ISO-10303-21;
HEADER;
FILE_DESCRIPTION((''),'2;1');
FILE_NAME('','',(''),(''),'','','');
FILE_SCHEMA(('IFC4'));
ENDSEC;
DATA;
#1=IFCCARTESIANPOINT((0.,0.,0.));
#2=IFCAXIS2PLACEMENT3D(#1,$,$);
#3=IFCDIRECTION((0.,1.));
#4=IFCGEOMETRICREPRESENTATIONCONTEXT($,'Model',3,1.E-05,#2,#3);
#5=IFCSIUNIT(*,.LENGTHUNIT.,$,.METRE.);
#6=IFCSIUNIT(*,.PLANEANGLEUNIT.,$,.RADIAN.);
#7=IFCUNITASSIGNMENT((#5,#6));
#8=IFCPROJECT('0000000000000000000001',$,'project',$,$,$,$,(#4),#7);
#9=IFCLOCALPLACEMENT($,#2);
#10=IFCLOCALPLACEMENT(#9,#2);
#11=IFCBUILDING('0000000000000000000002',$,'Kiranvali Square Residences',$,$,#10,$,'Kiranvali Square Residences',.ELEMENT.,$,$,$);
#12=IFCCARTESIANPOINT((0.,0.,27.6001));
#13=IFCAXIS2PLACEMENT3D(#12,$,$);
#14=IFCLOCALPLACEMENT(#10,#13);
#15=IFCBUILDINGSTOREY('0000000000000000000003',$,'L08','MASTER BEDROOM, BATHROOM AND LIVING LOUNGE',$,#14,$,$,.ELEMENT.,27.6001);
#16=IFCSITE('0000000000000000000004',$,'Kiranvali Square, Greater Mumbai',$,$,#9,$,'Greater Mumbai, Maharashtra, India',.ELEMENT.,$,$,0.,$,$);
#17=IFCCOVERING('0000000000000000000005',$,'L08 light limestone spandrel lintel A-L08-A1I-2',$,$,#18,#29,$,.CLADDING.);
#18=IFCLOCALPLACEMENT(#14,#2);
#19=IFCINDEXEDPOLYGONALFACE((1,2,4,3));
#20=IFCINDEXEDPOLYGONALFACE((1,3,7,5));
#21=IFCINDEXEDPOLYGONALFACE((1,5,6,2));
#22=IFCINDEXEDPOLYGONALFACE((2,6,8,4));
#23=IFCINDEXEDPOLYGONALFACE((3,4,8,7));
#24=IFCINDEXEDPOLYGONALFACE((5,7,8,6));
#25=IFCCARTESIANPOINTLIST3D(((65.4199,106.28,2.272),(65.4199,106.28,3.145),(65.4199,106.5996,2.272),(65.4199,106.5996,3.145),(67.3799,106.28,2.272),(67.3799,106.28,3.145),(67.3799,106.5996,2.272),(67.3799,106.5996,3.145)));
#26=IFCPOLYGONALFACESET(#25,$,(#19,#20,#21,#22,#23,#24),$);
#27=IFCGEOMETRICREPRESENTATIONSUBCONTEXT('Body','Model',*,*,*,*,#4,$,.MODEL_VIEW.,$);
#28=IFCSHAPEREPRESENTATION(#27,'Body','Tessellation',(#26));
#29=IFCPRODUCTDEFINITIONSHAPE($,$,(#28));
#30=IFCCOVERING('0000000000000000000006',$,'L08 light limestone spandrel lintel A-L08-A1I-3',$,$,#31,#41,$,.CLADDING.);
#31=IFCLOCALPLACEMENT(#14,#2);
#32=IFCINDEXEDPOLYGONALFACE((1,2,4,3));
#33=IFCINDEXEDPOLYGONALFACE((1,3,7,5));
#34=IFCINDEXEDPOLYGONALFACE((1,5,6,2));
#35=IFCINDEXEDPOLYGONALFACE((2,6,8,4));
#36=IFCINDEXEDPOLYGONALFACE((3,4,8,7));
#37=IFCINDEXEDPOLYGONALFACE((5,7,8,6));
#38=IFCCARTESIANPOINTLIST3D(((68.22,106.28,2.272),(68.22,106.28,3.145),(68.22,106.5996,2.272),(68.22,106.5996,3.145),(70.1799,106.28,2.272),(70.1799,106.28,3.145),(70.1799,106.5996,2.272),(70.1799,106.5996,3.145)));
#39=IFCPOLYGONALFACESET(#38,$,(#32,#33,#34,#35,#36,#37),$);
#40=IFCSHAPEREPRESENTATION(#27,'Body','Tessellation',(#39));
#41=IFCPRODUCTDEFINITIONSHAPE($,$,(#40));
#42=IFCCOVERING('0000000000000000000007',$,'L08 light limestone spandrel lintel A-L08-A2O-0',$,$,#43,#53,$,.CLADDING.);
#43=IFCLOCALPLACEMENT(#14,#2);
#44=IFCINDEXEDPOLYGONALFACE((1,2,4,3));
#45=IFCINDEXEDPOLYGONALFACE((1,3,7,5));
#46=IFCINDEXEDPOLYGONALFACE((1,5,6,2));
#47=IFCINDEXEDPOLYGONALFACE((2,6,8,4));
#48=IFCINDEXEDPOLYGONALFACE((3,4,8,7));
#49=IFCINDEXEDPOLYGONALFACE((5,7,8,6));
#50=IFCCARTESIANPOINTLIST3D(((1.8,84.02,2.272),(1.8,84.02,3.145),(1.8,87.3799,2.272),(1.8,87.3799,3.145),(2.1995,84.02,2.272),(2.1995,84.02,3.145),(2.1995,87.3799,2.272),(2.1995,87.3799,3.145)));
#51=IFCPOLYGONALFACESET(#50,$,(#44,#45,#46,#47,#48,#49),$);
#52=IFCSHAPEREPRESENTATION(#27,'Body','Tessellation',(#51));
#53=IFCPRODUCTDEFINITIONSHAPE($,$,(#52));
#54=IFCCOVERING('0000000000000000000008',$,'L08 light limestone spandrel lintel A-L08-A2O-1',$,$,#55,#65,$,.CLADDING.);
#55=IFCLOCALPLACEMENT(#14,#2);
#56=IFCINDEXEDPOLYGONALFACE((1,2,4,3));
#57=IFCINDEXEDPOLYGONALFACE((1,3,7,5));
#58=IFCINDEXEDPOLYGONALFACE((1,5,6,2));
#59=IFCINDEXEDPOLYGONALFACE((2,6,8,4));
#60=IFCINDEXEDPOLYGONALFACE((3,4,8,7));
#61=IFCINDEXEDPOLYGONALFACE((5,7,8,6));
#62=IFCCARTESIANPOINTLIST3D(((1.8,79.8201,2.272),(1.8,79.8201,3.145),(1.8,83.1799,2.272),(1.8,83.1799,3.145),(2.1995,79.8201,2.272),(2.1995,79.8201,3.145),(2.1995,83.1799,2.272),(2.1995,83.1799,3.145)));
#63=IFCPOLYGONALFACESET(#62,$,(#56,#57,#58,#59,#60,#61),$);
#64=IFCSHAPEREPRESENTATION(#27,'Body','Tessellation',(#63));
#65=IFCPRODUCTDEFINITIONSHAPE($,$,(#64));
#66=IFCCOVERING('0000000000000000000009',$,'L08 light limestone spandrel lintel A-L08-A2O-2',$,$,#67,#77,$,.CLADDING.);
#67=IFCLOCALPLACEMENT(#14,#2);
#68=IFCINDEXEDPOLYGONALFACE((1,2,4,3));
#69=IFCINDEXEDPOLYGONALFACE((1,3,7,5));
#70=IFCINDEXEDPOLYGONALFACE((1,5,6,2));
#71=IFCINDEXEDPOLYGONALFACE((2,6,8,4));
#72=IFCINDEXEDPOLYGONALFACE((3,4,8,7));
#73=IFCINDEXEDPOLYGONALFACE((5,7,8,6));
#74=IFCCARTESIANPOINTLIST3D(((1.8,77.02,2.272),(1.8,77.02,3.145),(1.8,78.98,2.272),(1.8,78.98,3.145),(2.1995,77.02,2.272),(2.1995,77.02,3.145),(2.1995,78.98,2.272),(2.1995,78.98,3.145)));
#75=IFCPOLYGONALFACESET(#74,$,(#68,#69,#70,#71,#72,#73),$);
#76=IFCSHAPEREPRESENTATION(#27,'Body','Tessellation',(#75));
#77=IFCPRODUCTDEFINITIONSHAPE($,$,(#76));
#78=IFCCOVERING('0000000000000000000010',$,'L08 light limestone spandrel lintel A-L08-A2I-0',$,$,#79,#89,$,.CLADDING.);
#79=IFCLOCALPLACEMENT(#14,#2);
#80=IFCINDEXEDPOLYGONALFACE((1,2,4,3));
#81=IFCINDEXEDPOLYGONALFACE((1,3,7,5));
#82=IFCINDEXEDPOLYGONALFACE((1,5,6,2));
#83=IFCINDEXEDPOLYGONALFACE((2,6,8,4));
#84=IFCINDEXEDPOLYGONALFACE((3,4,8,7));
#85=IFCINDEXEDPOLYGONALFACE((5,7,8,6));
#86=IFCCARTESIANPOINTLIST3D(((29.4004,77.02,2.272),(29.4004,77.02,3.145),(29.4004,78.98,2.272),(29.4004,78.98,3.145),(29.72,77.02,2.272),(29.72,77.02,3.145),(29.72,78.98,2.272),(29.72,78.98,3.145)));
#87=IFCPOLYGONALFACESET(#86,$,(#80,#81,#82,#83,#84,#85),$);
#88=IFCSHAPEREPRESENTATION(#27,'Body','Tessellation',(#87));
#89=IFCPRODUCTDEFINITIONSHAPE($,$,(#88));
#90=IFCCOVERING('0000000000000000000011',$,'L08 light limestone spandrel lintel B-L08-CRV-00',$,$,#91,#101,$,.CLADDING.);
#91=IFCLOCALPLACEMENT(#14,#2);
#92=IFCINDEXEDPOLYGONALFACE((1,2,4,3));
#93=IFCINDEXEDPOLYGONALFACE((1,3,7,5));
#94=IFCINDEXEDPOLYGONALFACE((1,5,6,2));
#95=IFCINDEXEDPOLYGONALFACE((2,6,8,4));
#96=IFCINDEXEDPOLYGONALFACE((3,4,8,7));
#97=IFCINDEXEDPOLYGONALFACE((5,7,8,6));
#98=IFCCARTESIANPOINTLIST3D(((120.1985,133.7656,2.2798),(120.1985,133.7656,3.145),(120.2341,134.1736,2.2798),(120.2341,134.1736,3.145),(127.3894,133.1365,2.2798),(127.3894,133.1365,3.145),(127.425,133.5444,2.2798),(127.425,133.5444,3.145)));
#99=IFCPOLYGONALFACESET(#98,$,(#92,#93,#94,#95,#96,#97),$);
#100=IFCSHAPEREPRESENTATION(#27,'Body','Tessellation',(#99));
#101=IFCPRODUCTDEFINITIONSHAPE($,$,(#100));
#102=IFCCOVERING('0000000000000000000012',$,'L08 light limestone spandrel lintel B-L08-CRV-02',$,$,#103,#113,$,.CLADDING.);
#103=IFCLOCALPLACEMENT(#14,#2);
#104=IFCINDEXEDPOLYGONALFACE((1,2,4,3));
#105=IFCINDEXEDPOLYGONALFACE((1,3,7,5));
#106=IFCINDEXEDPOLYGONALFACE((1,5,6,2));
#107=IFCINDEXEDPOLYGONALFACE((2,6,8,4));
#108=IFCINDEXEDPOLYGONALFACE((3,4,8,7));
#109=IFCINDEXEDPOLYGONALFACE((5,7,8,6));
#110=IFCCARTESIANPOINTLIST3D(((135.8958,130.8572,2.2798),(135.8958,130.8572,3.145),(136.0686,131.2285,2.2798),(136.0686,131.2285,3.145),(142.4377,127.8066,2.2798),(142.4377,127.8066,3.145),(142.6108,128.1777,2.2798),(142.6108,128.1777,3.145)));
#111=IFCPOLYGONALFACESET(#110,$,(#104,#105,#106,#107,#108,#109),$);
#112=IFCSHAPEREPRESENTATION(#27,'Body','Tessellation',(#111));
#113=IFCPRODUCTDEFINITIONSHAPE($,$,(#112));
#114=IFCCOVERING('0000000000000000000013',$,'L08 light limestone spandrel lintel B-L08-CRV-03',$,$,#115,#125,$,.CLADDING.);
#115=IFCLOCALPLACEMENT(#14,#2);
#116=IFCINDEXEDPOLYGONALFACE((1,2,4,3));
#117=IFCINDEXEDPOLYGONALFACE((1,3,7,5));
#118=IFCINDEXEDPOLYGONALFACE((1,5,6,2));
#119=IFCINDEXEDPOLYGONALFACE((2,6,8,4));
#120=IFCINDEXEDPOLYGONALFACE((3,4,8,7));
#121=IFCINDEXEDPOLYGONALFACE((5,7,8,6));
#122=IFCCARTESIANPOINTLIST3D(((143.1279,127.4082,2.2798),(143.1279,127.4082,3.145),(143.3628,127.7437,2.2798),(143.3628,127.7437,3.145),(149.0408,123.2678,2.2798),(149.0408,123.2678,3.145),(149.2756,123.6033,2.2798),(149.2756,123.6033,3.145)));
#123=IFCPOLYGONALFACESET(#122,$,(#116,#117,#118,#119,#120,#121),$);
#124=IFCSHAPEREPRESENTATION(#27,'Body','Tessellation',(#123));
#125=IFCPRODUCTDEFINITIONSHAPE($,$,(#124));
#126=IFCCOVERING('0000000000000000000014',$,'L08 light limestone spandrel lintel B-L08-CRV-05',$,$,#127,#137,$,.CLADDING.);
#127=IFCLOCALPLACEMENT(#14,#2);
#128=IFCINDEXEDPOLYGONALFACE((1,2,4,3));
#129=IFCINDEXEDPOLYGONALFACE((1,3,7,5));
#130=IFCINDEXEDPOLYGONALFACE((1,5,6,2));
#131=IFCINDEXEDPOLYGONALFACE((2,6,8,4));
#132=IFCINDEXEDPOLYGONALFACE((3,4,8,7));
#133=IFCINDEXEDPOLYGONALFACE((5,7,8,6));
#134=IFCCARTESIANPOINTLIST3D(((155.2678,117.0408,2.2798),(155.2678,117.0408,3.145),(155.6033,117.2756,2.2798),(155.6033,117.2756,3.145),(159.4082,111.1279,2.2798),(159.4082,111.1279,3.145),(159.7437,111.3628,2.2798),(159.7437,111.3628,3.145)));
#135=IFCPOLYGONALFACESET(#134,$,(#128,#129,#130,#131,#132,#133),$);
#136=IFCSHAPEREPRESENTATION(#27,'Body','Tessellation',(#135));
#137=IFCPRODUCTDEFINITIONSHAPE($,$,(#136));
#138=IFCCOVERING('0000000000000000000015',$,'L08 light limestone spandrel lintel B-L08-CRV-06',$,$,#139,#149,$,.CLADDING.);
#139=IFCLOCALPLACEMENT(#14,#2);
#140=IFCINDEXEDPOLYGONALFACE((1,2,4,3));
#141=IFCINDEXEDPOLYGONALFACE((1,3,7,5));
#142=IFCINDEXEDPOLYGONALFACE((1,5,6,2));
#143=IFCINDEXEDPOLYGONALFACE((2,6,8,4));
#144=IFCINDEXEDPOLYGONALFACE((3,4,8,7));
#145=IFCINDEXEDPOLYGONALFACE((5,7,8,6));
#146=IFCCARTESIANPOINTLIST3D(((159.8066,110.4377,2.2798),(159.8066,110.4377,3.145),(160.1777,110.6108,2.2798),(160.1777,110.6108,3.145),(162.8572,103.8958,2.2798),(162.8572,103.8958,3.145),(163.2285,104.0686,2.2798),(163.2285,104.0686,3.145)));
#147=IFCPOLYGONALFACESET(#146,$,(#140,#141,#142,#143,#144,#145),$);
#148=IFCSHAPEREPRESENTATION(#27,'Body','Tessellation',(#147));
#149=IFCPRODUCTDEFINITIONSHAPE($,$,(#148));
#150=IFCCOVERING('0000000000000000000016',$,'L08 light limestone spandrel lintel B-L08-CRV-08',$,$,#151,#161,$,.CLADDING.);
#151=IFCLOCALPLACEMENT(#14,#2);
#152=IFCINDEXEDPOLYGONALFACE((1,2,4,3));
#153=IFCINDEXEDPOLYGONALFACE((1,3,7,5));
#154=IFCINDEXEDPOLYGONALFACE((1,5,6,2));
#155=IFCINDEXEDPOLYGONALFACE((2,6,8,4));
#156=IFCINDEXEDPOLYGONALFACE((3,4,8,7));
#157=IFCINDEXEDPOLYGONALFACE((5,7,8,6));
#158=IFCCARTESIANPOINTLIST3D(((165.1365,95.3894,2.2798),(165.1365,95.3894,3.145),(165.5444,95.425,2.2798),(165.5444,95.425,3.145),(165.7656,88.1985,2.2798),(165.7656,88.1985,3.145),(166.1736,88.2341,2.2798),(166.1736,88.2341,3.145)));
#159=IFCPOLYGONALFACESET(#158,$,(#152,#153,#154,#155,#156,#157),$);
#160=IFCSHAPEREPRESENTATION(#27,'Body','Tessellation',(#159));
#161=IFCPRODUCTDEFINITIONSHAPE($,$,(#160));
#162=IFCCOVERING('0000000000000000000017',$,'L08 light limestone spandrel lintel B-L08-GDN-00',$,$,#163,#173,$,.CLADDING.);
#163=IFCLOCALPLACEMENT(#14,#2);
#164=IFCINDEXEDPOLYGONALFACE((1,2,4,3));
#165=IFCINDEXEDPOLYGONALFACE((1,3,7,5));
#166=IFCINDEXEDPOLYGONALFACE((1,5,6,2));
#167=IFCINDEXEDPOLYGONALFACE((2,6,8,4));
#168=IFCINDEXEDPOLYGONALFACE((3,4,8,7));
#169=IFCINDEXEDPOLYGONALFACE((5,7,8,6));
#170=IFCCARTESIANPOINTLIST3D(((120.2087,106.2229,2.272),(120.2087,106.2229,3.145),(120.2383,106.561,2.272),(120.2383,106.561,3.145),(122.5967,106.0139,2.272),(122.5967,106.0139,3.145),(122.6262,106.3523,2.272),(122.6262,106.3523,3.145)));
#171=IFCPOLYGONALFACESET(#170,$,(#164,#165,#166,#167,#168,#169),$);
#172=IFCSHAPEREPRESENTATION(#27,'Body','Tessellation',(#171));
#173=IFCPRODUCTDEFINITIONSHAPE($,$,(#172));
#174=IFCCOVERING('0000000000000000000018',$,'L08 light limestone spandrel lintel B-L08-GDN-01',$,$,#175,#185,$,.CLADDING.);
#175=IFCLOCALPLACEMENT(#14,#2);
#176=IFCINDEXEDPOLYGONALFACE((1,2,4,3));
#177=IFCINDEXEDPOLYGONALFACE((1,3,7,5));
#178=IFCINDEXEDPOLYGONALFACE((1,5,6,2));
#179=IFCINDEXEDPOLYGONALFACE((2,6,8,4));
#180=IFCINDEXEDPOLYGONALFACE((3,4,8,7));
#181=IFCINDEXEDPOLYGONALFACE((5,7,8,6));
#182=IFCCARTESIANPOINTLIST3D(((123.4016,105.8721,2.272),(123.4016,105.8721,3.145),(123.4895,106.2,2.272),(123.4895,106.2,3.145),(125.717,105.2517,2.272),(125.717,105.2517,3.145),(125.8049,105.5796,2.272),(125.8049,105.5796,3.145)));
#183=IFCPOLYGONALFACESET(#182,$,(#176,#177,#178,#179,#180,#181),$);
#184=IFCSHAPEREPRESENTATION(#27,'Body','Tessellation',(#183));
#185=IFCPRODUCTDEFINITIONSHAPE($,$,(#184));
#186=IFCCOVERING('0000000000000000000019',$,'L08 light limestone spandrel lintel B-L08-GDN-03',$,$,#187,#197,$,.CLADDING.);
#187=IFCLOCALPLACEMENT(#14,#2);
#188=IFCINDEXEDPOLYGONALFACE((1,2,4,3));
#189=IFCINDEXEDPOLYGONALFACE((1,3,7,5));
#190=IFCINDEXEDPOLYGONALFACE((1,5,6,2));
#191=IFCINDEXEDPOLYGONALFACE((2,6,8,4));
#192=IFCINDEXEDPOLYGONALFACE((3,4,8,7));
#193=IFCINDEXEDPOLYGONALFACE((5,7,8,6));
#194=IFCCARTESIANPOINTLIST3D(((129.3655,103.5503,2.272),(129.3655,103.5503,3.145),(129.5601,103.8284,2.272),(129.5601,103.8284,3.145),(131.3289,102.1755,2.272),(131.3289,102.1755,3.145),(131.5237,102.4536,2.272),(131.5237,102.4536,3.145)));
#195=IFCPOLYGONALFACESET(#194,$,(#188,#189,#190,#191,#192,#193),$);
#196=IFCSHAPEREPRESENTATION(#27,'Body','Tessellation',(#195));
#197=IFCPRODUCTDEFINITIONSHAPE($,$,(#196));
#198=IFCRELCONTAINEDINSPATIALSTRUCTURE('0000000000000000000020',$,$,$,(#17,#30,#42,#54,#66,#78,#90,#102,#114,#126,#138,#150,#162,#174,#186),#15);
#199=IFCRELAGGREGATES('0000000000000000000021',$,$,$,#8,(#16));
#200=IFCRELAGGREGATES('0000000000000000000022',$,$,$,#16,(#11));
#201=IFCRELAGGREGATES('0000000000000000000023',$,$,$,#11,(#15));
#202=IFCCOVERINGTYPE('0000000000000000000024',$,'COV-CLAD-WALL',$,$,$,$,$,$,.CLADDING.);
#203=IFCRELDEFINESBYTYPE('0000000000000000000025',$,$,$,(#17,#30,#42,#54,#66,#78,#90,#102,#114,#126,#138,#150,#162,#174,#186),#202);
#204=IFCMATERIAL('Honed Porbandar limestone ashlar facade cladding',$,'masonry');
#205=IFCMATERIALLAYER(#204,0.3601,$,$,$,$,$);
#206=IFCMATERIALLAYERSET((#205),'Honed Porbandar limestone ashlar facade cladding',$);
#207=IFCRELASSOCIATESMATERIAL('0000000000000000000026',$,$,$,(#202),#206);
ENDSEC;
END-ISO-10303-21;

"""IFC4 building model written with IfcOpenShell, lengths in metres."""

from ifc_helpers import new_model, si_unit, direction, frame, origin, place, context, subcontext, project, spatial, polyline, outline, extrude, material, layer, layer_set, type_object, element, save


model = new_model("IFC4")

# Units and contexts
model_context = context("Model", 3, precision=1e-05, world=origin(), true_north=direction((0.0, 1.0)))
body_context = subcontext(model_context, "Body", "Model", "MODEL_VIEW")
ifc_project = project(units=[si_unit("LENGTHUNIT", "METRE"), si_unit("PLANEANGLEUNIT", "RADIAN")], contexts=[model_context])

# Site, building, storey
site_placement = place(None, origin())
site = spatial("IfcSite", under=ifc_project, at=site_placement, Name="Kiranvali Square, Greater Mumbai", LongName="Greater Mumbai, Maharashtra, India", CompositionType="ELEMENT", RefElevation=0.0)
building_placement = place(site_placement, origin())
building = spatial("IfcBuilding", under=site, at=building_placement, Name="Kiranvali Square Residences", LongName="Kiranvali Square Residences", CompositionType="ELEMENT")
storey_placement = place(building_placement, frame((0.0, 0.0, 27.6001)))
storey = spatial("IfcBuildingStorey", under=building, at=storey_placement, Name="L08", Description="MASTER BEDROOM, BATHROOM AND LIVING LOUNGE", CompositionType="ELEMENT", Elevation=27.6001)

# Coverings
ifc_material = material(Name="Honed Porbandar limestone ashlar facade cladding", Category="masonry")
ifc_layer = layer(ifc_material, 0.3601)
ifc_layer_set = layer_set([ifc_layer], Name="Honed Porbandar limestone ashlar facade cladding")
covering_type = type_object("IfcCoveringType", Name="COV-CLAD-WALL", PredefinedType="CLADDING", material=ifc_layer_set)
covering_1_placement = place(storey_placement, frame((0.0, 0.0, 2.272)))
element("IfcCovering", 1, at=covering_1_placement, inside=storey, type_object=covering_type, Name="L08 light limestone spandrel lintel A-L08-A1I-2", PredefinedType="CLADDING", context=body_context, shape_type="SweptSolid", body=[
    extrude(outline(polyline([(65.4199, 106.28), (67.3799, 106.28), (67.3799, 106.5996), (65.4199, 106.5996), (65.4199, 106.28)])), origin(), (0.0, 0.0, 1.0), 0.873),
])
covering_2_placement = place(storey_placement, frame((0.0, 0.0, 2.272)))
element("IfcCovering", 2, at=covering_2_placement, inside=storey, type_object=covering_type, Name="L08 light limestone spandrel lintel A-L08-A1I-3", PredefinedType="CLADDING", context=body_context, shape_type="SweptSolid", body=[
    extrude(outline(polyline([(68.22, 106.28), (70.1799, 106.28), (70.1799, 106.5996), (68.22, 106.5996), (68.22, 106.28)])), origin(), (0.0, 0.0, 1.0), 0.873),
])
covering_3_placement = place(storey_placement, frame((0.0, 0.0, 2.272)))
element("IfcCovering", 3, at=covering_3_placement, inside=storey, type_object=covering_type, Name="L08 light limestone spandrel lintel A-L08-A2O-0", PredefinedType="CLADDING", context=body_context, shape_type="SweptSolid", body=[
    extrude(outline(polyline([(1.8, 87.3799), (1.8, 84.02), (2.1995, 84.02), (2.1995, 87.3799), (1.8, 87.3799)])), origin(), (0.0, 0.0, 1.0), 0.873),
])
covering_4_placement = place(storey_placement, frame((0.0, 0.0, 2.272)))
element("IfcCovering", 4, at=covering_4_placement, inside=storey, type_object=covering_type, Name="L08 light limestone spandrel lintel A-L08-A2O-1", PredefinedType="CLADDING", context=body_context, shape_type="SweptSolid", body=[
    extrude(outline(polyline([(1.8, 83.1799), (1.8, 79.8201), (2.1995, 79.8201), (2.1995, 83.1799), (1.8, 83.1799)])), origin(), (0.0, 0.0, 1.0), 0.873),
])
covering_5_placement = place(storey_placement, frame((0.0, 0.0, 2.272)))
element("IfcCovering", 5, at=covering_5_placement, inside=storey, type_object=covering_type, Name="L08 light limestone spandrel lintel A-L08-A2O-2", PredefinedType="CLADDING", context=body_context, shape_type="SweptSolid", body=[
    extrude(outline(polyline([(1.8, 78.98), (1.8, 77.02), (2.1995, 77.02), (2.1995, 78.98), (1.8, 78.98)])), origin(), (0.0, 0.0, 1.0), 0.873),
])
covering_6_placement = place(storey_placement, frame((0.0, 0.0, 2.272)))
element("IfcCovering", 6, at=covering_6_placement, inside=storey, type_object=covering_type, Name="L08 light limestone spandrel lintel A-L08-A2I-0", PredefinedType="CLADDING", context=body_context, shape_type="SweptSolid", body=[
    extrude(outline(polyline([(29.4004, 78.98), (29.4004, 77.02), (29.72, 77.02), (29.72, 78.98), (29.4004, 78.98)])), origin(), (0.0, 0.0, 1.0), 0.873),
])
covering_7_placement = place(storey_placement, frame((0.0, 0.0, 2.2798)))
element("IfcCovering", 7, at=covering_7_placement, inside=storey, type_object=covering_type, Name="L08 light limestone spandrel lintel B-L08-CRV-00", PredefinedType="CLADDING", context=body_context, shape_type="SweptSolid", body=[
    extrude(outline(polyline([(120.1985, 133.7656), (127.3894, 133.1365), (127.425, 133.5444), (120.2341, 134.1736), (120.1985, 133.7656)])), origin(), (0.0, 0.0, 1.0), 0.8652),
])
covering_8_placement = place(storey_placement, frame((0.0, 0.0, 2.2798)))
element("IfcCovering", 8, at=covering_8_placement, inside=storey, type_object=covering_type, Name="L08 light limestone spandrel lintel B-L08-CRV-02", PredefinedType="CLADDING", context=body_context, shape_type="SweptSolid", body=[
    extrude(outline(polyline([(135.8958, 130.8572), (142.4377, 127.8066), (142.6108, 128.1777), (136.0686, 131.2285), (135.8958, 130.8572)])), origin(), (0.0, 0.0, 1.0), 0.8652),
])
covering_9_placement = place(storey_placement, frame((0.0, 0.0, 2.2798)))
element("IfcCovering", 9, at=covering_9_placement, inside=storey, type_object=covering_type, Name="L08 light limestone spandrel lintel B-L08-CRV-03", PredefinedType="CLADDING", context=body_context, shape_type="SweptSolid", body=[
    extrude(outline(polyline([(143.1279, 127.4082), (149.0408, 123.2678), (149.2756, 123.6033), (143.3628, 127.7437), (143.1279, 127.4082)])), origin(), (0.0, 0.0, 1.0), 0.8652),
])
covering_10_placement = place(storey_placement, frame((0.0, 0.0, 2.2798)))
element("IfcCovering", 10, at=covering_10_placement, inside=storey, type_object=covering_type, Name="L08 light limestone spandrel lintel B-L08-CRV-05", PredefinedType="CLADDING", context=body_context, shape_type="SweptSolid", body=[
    extrude(outline(polyline([(155.2678, 117.0408), (159.4082, 111.1279), (159.7437, 111.3628), (155.6033, 117.2756), (155.2678, 117.0408)])), origin(), (0.0, 0.0, 1.0), 0.8652),
])
covering_11_placement = place(storey_placement, frame((0.0, 0.0, 2.2798)))
element("IfcCovering", 11, at=covering_11_placement, inside=storey, type_object=covering_type, Name="L08 light limestone spandrel lintel B-L08-CRV-06", PredefinedType="CLADDING", context=body_context, shape_type="SweptSolid", body=[
    extrude(outline(polyline([(159.8066, 110.4377), (162.8572, 103.8958), (163.2285, 104.0686), (160.1777, 110.6108), (159.8066, 110.4377)])), origin(), (0.0, 0.0, 1.0), 0.8652),
])
covering_12_placement = place(storey_placement, frame((0.0, 0.0, 2.2798)))
element("IfcCovering", 12, at=covering_12_placement, inside=storey, type_object=covering_type, Name="L08 light limestone spandrel lintel B-L08-CRV-08", PredefinedType="CLADDING", context=body_context, shape_type="SweptSolid", body=[
    extrude(outline(polyline([(165.1365, 95.3894), (165.7656, 88.1985), (166.1736, 88.2341), (165.5444, 95.425), (165.1365, 95.3894)])), origin(), (0.0, 0.0, 1.0), 0.8652),
])
covering_13_placement = place(storey_placement, frame((0.0, 0.0, 2.272)))
element("IfcCovering", 13, at=covering_13_placement, inside=storey, type_object=covering_type, Name="L08 light limestone spandrel lintel B-L08-GDN-00", PredefinedType="CLADDING", context=body_context, shape_type="SweptSolid", body=[
    extrude(outline(polyline([(120.2087, 106.2229), (122.5967, 106.0139), (122.6262, 106.3523), (120.2383, 106.561), (120.2087, 106.2229)])), origin(), (0.0, 0.0, 1.0), 0.873),
])
covering_14_placement = place(storey_placement, frame((0.0, 0.0, 2.272)))
element("IfcCovering", 14, at=covering_14_placement, inside=storey, type_object=covering_type, Name="L08 light limestone spandrel lintel B-L08-GDN-01", PredefinedType="CLADDING", context=body_context, shape_type="SweptSolid", body=[
    extrude(outline(polyline([(123.4016, 105.8721), (125.717, 105.2517), (125.8049, 105.5796), (123.4895, 106.2), (123.4016, 105.8721)])), origin(), (0.0, 0.0, 1.0), 0.873),
])
covering_15_placement = place(storey_placement, frame((0.0, 0.0, 2.272)))
element("IfcCovering", 15, at=covering_15_placement, inside=storey, type_object=covering_type, Name="L08 light limestone spandrel lintel B-L08-GDN-03", PredefinedType="CLADDING", context=body_context, shape_type="SweptSolid", body=[
    extrude(outline(polyline([(129.3655, 103.5503), (131.3289, 102.1755), (131.5237, 102.4536), (129.5601, 103.8284), (129.3655, 103.5503)])), origin(), (0.0, 0.0, 1.0), 0.873),
])

save(model, "model.ifc")
